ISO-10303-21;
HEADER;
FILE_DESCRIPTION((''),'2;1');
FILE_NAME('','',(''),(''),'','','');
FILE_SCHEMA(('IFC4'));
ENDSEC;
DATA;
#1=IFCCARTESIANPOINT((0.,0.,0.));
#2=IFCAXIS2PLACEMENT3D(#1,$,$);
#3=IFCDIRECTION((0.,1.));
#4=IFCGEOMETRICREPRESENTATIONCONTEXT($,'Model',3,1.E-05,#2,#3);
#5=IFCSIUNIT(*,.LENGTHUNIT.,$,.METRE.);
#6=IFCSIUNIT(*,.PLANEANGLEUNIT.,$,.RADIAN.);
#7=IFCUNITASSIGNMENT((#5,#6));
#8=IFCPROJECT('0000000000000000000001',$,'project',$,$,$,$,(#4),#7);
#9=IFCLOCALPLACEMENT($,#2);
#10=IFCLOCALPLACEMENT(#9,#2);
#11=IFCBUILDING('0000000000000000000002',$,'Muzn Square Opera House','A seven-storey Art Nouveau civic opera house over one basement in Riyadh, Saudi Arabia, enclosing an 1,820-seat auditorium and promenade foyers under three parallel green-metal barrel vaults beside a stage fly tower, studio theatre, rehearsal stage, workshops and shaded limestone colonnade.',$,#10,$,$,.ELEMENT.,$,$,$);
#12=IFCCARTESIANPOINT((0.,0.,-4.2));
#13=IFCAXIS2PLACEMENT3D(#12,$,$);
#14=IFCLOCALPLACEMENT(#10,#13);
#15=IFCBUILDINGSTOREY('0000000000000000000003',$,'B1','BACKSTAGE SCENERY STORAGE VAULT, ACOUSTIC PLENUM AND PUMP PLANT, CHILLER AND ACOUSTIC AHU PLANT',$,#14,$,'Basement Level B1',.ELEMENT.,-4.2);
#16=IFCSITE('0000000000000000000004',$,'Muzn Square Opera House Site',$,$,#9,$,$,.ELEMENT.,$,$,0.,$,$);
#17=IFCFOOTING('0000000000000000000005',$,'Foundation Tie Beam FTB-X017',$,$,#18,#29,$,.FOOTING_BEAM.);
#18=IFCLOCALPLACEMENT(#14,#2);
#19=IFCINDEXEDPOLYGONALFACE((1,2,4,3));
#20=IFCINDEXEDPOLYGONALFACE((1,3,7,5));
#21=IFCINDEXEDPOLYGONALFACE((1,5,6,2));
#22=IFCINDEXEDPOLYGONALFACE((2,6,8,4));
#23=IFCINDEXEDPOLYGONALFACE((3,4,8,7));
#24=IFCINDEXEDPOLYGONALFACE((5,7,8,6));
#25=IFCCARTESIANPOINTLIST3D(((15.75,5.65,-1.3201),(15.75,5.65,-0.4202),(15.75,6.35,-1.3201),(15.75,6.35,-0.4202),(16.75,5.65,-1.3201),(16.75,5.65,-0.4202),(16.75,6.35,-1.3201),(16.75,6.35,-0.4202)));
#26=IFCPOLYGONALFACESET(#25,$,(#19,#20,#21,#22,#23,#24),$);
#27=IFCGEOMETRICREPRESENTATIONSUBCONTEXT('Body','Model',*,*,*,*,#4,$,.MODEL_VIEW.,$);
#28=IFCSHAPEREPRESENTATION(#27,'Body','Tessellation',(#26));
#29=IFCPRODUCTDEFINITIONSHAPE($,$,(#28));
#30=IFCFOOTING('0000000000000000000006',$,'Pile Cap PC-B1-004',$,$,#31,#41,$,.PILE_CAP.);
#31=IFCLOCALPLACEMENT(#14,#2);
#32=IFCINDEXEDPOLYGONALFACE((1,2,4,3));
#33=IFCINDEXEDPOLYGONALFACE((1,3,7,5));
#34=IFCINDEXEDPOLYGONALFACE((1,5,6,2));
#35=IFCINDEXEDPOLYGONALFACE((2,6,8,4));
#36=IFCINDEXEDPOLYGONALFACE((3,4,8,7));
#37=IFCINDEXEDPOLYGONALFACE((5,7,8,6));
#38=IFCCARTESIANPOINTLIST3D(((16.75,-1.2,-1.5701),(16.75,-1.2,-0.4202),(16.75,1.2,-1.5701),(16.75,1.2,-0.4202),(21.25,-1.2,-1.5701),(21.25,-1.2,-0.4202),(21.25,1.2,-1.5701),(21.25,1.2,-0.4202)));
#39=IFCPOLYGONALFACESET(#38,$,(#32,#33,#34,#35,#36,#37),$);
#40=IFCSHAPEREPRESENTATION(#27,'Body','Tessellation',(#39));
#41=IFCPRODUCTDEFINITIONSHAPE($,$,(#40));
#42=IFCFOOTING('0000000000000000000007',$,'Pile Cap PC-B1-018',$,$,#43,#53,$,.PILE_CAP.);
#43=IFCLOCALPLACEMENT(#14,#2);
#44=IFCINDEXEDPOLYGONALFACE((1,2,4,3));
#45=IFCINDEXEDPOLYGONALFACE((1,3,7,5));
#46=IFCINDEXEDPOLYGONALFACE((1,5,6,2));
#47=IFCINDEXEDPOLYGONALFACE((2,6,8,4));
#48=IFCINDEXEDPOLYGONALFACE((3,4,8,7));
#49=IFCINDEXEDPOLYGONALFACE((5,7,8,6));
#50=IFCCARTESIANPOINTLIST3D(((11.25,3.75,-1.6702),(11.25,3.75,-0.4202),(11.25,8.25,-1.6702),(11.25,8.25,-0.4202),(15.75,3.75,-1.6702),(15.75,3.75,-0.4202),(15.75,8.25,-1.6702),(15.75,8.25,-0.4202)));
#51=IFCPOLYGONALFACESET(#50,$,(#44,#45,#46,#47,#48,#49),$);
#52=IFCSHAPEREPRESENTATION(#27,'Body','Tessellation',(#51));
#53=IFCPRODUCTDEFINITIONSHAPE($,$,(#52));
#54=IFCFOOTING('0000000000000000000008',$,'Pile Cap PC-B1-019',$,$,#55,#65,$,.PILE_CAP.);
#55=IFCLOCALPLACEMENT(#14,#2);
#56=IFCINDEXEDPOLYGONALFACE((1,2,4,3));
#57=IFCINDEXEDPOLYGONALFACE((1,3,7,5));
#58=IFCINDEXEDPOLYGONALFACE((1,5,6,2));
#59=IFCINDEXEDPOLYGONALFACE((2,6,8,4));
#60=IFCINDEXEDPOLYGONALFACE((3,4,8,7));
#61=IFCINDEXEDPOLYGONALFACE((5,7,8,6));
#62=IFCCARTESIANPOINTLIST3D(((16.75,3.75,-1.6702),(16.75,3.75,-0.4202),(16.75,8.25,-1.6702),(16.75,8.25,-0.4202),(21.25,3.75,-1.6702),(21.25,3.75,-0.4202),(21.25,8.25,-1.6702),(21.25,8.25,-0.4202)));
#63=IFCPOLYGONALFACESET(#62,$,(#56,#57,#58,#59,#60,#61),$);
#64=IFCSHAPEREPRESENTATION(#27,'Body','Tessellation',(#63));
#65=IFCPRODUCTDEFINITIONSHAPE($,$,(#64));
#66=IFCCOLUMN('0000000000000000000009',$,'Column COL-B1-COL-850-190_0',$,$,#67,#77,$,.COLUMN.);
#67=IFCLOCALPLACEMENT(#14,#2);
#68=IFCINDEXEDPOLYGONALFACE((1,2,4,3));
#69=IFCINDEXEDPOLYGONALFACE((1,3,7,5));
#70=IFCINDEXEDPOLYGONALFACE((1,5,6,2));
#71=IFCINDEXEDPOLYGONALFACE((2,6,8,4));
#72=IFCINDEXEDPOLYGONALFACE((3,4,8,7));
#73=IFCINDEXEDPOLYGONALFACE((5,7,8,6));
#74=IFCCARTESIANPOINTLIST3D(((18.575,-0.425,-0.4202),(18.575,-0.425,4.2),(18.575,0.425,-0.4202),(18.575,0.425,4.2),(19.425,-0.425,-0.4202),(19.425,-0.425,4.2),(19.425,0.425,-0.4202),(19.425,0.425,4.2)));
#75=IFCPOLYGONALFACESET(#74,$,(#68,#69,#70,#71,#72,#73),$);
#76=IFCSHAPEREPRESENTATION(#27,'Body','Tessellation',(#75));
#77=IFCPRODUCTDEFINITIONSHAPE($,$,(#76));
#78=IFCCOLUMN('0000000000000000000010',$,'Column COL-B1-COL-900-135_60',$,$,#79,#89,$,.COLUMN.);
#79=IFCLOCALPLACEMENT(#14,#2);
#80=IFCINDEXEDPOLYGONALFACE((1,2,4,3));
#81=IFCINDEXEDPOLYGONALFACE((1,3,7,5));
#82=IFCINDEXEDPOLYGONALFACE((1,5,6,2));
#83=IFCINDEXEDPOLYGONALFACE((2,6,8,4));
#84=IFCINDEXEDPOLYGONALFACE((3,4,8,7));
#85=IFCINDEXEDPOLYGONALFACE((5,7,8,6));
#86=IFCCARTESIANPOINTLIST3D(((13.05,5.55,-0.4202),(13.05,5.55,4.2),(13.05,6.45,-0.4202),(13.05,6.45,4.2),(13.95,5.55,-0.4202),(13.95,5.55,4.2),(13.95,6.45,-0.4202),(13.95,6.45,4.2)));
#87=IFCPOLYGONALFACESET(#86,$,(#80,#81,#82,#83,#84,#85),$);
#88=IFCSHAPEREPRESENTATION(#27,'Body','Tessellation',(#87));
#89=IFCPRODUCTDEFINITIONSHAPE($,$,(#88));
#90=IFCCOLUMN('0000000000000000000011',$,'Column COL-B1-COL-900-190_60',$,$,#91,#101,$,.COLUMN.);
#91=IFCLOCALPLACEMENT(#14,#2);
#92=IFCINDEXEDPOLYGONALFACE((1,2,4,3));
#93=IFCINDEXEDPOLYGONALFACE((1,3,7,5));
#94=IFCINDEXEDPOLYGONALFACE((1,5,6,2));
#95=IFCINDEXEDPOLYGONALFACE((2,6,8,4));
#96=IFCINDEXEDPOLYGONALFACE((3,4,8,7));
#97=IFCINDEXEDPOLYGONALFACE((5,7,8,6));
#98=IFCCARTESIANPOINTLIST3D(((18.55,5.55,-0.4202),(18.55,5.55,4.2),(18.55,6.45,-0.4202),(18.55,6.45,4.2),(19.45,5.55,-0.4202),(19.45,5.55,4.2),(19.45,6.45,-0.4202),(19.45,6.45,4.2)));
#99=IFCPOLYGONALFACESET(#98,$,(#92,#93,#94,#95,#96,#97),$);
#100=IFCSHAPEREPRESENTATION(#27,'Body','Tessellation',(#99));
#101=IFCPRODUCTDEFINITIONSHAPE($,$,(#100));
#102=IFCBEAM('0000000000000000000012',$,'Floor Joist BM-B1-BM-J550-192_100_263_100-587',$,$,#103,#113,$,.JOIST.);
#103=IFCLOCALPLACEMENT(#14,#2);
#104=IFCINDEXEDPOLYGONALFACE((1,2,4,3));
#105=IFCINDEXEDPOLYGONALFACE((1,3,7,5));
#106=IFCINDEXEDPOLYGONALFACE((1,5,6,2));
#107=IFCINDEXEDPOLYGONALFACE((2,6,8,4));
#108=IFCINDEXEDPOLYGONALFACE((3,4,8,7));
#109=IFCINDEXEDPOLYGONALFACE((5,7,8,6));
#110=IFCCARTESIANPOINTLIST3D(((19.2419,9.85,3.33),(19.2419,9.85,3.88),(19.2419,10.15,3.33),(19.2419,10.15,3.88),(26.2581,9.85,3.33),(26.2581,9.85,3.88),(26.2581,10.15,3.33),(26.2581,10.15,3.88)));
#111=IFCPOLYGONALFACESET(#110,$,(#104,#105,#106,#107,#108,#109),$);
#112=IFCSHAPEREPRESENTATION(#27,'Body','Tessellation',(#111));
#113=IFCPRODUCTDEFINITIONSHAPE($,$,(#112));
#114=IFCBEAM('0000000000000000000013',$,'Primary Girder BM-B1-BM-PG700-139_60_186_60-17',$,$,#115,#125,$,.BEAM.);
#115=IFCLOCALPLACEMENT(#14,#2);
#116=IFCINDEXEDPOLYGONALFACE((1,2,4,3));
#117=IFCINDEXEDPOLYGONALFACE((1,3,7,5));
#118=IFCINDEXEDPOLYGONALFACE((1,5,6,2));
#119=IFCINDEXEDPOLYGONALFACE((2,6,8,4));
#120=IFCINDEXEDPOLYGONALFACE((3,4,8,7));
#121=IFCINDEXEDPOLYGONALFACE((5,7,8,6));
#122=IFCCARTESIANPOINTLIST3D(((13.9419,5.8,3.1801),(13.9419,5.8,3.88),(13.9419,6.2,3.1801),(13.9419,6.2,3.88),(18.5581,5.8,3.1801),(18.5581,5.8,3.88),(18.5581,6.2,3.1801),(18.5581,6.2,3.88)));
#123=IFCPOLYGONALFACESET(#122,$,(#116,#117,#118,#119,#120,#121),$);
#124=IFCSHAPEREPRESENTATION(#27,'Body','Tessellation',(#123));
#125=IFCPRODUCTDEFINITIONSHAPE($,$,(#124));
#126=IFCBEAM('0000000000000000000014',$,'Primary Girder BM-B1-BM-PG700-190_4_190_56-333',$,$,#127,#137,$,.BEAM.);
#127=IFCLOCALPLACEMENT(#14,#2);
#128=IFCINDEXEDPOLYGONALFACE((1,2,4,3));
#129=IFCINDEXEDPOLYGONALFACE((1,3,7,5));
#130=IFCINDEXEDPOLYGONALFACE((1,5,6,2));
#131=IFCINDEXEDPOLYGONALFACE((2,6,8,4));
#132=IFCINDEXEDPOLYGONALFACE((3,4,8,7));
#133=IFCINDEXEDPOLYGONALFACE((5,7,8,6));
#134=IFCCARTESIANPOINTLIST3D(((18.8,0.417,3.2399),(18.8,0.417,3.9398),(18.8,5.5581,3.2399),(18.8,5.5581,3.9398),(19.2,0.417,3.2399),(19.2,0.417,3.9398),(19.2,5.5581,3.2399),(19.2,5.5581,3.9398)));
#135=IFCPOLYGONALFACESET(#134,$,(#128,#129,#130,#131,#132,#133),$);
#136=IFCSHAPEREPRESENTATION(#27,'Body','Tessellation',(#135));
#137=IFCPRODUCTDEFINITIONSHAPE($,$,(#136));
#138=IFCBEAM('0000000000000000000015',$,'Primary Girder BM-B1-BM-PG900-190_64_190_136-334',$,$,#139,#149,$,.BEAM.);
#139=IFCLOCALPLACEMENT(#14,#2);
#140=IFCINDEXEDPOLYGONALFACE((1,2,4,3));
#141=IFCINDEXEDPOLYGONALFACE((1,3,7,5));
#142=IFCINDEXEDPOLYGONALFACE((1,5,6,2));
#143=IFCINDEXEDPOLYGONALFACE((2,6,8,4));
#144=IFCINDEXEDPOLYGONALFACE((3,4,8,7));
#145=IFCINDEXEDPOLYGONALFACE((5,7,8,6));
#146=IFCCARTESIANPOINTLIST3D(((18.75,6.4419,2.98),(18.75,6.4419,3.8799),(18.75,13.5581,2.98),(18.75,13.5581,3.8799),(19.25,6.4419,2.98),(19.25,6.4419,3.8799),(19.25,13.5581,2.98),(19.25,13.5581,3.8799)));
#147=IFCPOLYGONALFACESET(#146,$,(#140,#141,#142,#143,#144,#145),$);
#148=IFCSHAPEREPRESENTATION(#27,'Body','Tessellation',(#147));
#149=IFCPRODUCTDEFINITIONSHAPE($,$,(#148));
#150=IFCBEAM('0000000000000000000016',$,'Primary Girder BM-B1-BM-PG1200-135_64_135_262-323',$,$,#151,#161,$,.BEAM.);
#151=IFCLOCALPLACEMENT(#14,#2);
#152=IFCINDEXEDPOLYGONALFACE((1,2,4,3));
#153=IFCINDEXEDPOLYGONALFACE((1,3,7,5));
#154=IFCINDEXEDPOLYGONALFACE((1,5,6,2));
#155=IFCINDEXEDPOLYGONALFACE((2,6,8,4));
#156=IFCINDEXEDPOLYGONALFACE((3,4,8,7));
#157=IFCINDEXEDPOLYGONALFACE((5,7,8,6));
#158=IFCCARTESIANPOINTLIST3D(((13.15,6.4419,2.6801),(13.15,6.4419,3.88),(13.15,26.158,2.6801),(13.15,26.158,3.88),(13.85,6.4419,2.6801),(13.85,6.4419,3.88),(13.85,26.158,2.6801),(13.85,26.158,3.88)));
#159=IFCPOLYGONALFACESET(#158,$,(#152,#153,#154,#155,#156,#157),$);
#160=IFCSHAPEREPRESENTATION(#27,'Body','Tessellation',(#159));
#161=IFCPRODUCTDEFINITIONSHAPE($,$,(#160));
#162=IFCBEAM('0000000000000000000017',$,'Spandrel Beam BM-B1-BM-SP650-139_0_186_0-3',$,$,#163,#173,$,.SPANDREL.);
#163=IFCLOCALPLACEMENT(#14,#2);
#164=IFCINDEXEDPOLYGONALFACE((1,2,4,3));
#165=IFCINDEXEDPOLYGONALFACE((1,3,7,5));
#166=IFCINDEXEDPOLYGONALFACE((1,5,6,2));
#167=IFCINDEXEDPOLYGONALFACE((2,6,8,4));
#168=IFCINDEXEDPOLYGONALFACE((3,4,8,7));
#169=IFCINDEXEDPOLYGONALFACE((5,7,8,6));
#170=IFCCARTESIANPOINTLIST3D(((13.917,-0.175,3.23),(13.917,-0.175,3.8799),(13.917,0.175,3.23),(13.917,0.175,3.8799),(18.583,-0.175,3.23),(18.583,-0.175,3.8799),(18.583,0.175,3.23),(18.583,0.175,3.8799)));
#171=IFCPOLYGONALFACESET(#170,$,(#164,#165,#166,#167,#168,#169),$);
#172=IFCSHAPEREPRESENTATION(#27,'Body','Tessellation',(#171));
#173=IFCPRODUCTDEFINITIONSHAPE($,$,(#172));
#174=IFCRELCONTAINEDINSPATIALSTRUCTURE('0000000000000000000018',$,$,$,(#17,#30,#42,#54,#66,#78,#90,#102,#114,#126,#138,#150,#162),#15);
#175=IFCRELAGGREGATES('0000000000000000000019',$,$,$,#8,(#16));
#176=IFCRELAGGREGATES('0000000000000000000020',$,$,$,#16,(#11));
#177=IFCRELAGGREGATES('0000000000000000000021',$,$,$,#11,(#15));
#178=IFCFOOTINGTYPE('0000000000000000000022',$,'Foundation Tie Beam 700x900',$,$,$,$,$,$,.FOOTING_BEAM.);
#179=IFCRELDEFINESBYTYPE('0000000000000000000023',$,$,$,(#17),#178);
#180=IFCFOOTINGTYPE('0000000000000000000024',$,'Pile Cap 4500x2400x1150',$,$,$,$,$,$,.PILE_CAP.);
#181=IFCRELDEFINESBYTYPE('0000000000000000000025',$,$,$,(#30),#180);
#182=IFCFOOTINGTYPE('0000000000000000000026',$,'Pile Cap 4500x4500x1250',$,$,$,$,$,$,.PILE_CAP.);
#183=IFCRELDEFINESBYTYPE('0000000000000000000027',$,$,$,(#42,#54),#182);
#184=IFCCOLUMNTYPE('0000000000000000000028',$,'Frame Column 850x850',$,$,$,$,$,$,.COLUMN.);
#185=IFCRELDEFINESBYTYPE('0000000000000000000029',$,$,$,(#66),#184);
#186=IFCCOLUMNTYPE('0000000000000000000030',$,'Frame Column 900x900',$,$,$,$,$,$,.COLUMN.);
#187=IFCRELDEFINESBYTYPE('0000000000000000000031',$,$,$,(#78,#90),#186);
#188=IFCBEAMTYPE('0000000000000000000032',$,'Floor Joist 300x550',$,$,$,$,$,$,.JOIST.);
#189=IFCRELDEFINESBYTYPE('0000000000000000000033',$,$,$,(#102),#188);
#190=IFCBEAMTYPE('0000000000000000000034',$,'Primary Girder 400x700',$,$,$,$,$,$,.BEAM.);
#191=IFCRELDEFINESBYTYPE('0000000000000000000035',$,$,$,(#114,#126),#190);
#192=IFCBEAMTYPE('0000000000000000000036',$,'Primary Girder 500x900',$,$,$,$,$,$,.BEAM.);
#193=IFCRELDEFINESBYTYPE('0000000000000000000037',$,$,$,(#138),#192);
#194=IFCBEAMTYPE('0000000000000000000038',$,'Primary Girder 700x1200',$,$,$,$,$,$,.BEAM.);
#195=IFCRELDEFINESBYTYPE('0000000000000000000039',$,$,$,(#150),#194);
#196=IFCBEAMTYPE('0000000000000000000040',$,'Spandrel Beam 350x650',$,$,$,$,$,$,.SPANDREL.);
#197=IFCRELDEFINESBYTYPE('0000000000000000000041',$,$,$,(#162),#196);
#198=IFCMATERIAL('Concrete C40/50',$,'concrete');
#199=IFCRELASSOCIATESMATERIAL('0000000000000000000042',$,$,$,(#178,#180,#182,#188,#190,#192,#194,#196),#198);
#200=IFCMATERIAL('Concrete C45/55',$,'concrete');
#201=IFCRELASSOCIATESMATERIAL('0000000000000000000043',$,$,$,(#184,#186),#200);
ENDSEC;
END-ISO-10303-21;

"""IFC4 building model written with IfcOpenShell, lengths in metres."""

from ifc_helpers import new_model, si_unit, direction, frame, origin, origin_2d, place, context, subcontext, project, spatial, rectangle, extrude, material, material_profile, profile_set, type_object, element, save


model = new_model("IFC4")

# Units and contexts
model_context = context("Model", 3, precision=1e-05, world=origin(), true_north=direction((0.0, 1.0)))
body_context = subcontext(model_context, "Body", "Model", "MODEL_VIEW")
ifc_project = project(units=[si_unit("LENGTHUNIT", "METRE"), si_unit("PLANEANGLEUNIT", "RADIAN")], contexts=[model_context])

# Site, building, storey
site_placement = place(None, origin())
site = spatial("IfcSite", under=ifc_project, at=site_placement, Name="Muzn Square Opera House Site", CompositionType="ELEMENT", RefElevation=0.0)
building_placement = place(site_placement, origin())
building = spatial("IfcBuilding", under=site, at=building_placement, Name="Muzn Square Opera House", Description="A seven-storey Art Nouveau civic opera house over one basement in Riyadh, Saudi Arabia, enclosing an 1,820-seat auditorium and promenade foyers under three parallel green-metal barrel vaults beside a stage fly tower, studio theatre, rehearsal stage, workshops and shaded limestone colonnade.", CompositionType="ELEMENT")
storey_placement = place(building_placement, frame((0.0, 0.0, -4.2)))
storey = spatial("IfcBuildingStorey", under=building, at=storey_placement, Name="B1", Description="BACKSTAGE SCENERY STORAGE VAULT, ACOUSTIC PLENUM AND PUMP PLANT, CHILLER AND ACOUSTIC AHU PLANT", LongName="Basement Level B1", CompositionType="ELEMENT", Elevation=-4.2)

# Shared definitions
ifc_material_1 = material(Name="Concrete C40/50", Category="concrete")

# Footings
ifc_material_profile_1 = material_profile(ifc_material_1, rectangle(XDim=0.7, YDim=0.8999, at=origin_2d()), Name="RCTB 700x900", Category="concrete")
ifc_profile_set_1 = profile_set([ifc_material_profile_1], Name="Concrete C40/50")
footing_type_1 = type_object("IfcFootingType", Name="Foundation Tie Beam 700x900", PredefinedType="FOOTING_BEAM", material=ifc_profile_set_1)
for number, where, z_axis, x_axis, name in (
    (1, (15.75, 6.0, -0.8701), (1.0, 0.0, 0.0), (0.0, 1.0, 0.0), "Foundation Tie Beam FTB-X017"),
):
    element("IfcFooting", number, at=place(storey_placement, frame(where, z_axis=z_axis, x_axis=x_axis)), inside=storey, type_object=footing_type_1, Name=name, PredefinedType="FOOTING_BEAM", context=body_context, shape_type="SweptSolid", body=[
        extrude(rectangle(XDim=0.7, YDim=0.8999, at=origin_2d()), origin(), (0.0, 0.0, 1.0), 1.0),
    ])
footing_type_2 = type_object("IfcFootingType", Name="Pile Cap 4500x2400x1150", PredefinedType="PILE_CAP", material=ifc_material_1)
footing_1_placement = place(storey_placement, frame((19.0, 0.0, -1.5701), z_axis=(0.0, 0.0, 1.0), x_axis=(1.0, 0.0, 0.0)))
element("IfcFooting", 2, at=footing_1_placement, inside=storey, type_object=footing_type_2, Name="Pile Cap PC-B1-004", PredefinedType="PILE_CAP", context=body_context, shape_type="SweptSolid", body=[
    extrude(rectangle(XDim=4.5, YDim=2.3999, at=origin_2d()), origin(), (0.0, 0.0, 1.0), 1.1499),
])
footing_type_3 = type_object("IfcFootingType", Name="Pile Cap 4500x4500x1250", PredefinedType="PILE_CAP", material=ifc_material_1)
for number, where, z_axis, x_axis, name in (
    (3, (13.5, 6.0, -1.6702), (0.0, 0.0, 1.0), (1.0, 0.0, 0.0), "Pile Cap PC-B1-018"),
    (4, (19.0, 6.0, -1.6702), (0.0, 0.0, 1.0), (1.0, 0.0, 0.0), "Pile Cap PC-B1-019"),
):
    element("IfcFooting", number, at=place(storey_placement, frame(where, z_axis=z_axis, x_axis=x_axis)), inside=storey, type_object=footing_type_3, Name=name, PredefinedType="PILE_CAP", context=body_context, shape_type="SweptSolid", body=[
        extrude(rectangle(XDim=4.5, YDim=4.5, at=origin_2d()), origin(), (0.0, 0.0, 1.0), 1.25),
    ])

# Columns
ifc_material_2 = material(Name="Concrete C45/55", Category="concrete")
ifc_material_profile_2 = material_profile(ifc_material_2, rectangle(XDim=0.8501, YDim=0.8501, at=origin_2d()), Name="RC 850x850", Category="concrete")
ifc_profile_set_2 = profile_set([ifc_material_profile_2], Name="Concrete C45/55")
column_type_1 = type_object("IfcColumnType", Name="Frame Column 850x850", PredefinedType="COLUMN", material=ifc_profile_set_2)
column_placement = place(storey_placement, frame((19.0, 0.0, -0.4202), z_axis=(0.0, 0.0, 1.0), x_axis=(1.0, 0.0, 0.0)))
element("IfcColumn", 5, at=column_placement, inside=storey, type_object=column_type_1, Name="Column COL-B1-COL-850-190_0", PredefinedType="COLUMN", context=body_context, shape_type="SweptSolid", body=[
    extrude(rectangle(XDim=0.8501, YDim=0.8501, at=origin_2d()), origin(), (0.0, 0.0, 1.0), 4.6201),
])
ifc_material_profile_3 = material_profile(ifc_material_2, rectangle(XDim=0.8999, YDim=0.8999, at=origin_2d()), Name="RC 900x900", Category="concrete")
ifc_profile_set_3 = profile_set([ifc_material_profile_3], Name="Concrete C45/55")
column_type_2 = type_object("IfcColumnType", Name="Frame Column 900x900", PredefinedType="COLUMN", material=ifc_profile_set_3)
for number, where, z_axis, x_axis, name in (
    (6, (13.5, 6.0, -0.4202), (0.0, 0.0, 1.0), (1.0, 0.0, 0.0), "Column COL-B1-COL-900-135_60"),
    (7, (19.0, 6.0, -0.4202), (0.0, 0.0, 1.0), (1.0, 0.0, 0.0), "Column COL-B1-COL-900-190_60"),
):
    element("IfcColumn", number, at=place(storey_placement, frame(where, z_axis=z_axis, x_axis=x_axis)), inside=storey, type_object=column_type_2, Name=name, PredefinedType="COLUMN", context=body_context, shape_type="SweptSolid", body=[
        extrude(rectangle(XDim=0.8999, YDim=0.8999, at=origin_2d()), origin(), (0.0, 0.0, 1.0), 4.6201),
    ])

# Beams
ifc_material_profile_4 = material_profile(ifc_material_1, rectangle(XDim=0.3, YDim=0.55, at=origin_2d()), Name="RCJ 300x550", Category="concrete")
ifc_profile_set_4 = profile_set([ifc_material_profile_4], Name="Concrete C40/50")
beam_type_1 = type_object("IfcBeamType", Name="Floor Joist 300x550", PredefinedType="JOIST", material=ifc_profile_set_4)
beam_1_placement = place(storey_placement, frame((19.2419, 10.0, 3.605), z_axis=(1.0, 0.0, 0.0), x_axis=(0.0, 1.0, 0.0)))
element("IfcBeam", 8, at=beam_1_placement, inside=storey, type_object=beam_type_1, Name="Floor Joist BM-B1-BM-J550-192_100_263_100-587", PredefinedType="JOIST", context=body_context, shape_type="SweptSolid", body=[
    extrude(rectangle(XDim=0.3, YDim=0.55, at=origin_2d()), origin(), (0.0, 0.0, 1.0), 7.0161),
])
ifc_material_profile_5 = material_profile(ifc_material_1, rectangle(XDim=0.3999, YDim=0.7, at=origin_2d()), Name="RCB 400x700", Category="concrete")
ifc_profile_set_5 = profile_set([ifc_material_profile_5], Name="Concrete C40/50")
beam_type_2 = type_object("IfcBeamType", Name="Primary Girder 400x700", PredefinedType="BEAM", material=ifc_profile_set_5)
beam_2_placement = place(storey_placement, frame((13.9419, 6.0, 3.53), z_axis=(1.0, 0.0, 0.0), x_axis=(0.0, 1.0, 0.0)))
element("IfcBeam", 9, at=beam_2_placement, inside=storey, type_object=beam_type_2, Name="Primary Girder BM-B1-BM-PG700-139_60_186_60-17", PredefinedType="BEAM", context=body_context, shape_type="SweptSolid", body=[
    extrude(rectangle(XDim=0.3999, YDim=0.7, at=origin_2d()), origin(), (0.0, 0.0, 1.0), 4.6162),
])
beam_3_placement = place(storey_placement, frame((19.0, 0.417, 3.5898), z_axis=(0.0, 1.0, 0.0), x_axis=(-1.0, 0.0, 0.0)))
element("IfcBeam", 10, at=beam_3_placement, inside=storey, type_object=beam_type_2, Name="Primary Girder BM-B1-BM-PG700-190_4_190_56-333", PredefinedType="BEAM", context=body_context, shape_type="SweptSolid", body=[
    extrude(rectangle(XDim=0.3999, YDim=0.7, at=origin_2d()), origin(), (0.0, 0.0, 1.0), 5.1411),
])
ifc_material_profile_6 = material_profile(ifc_material_1, rectangle(XDim=0.5, YDim=0.8999, at=origin_2d()), Name="RCB 500x900", Category="concrete")
ifc_profile_set_6 = profile_set([ifc_material_profile_6], Name="Concrete C40/50")
beam_type_3 = type_object("IfcBeamType", Name="Primary Girder 500x900", PredefinedType="BEAM", material=ifc_profile_set_6)
beam_4_placement = place(storey_placement, frame((19.0, 6.4419, 3.4299), z_axis=(0.0, 1.0, 0.0), x_axis=(-1.0, 0.0, 0.0)))
element("IfcBeam", 11, at=beam_4_placement, inside=storey, type_object=beam_type_3, Name="Primary Girder BM-B1-BM-PG900-190_64_190_136-334", PredefinedType="BEAM", context=body_context, shape_type="SweptSolid", body=[
    extrude(rectangle(XDim=0.5, YDim=0.8999, at=origin_2d()), origin(), (0.0, 0.0, 1.0), 7.1162),
])
ifc_material_profile_7 = material_profile(ifc_material_1, rectangle(XDim=0.7, YDim=1.2, at=origin_2d()), Name="RCB 700x1200", Category="concrete")
ifc_profile_set_7 = profile_set([ifc_material_profile_7], Name="Concrete C40/50")
beam_type_4 = type_object("IfcBeamType", Name="Primary Girder 700x1200", PredefinedType="BEAM", material=ifc_profile_set_7)
beam_5_placement = place(storey_placement, frame((13.5, 6.4419, 3.28), z_axis=(0.0, 1.0, 0.0), x_axis=(-1.0, 0.0, 0.0)))
element("IfcBeam", 12, at=beam_5_placement, inside=storey, type_object=beam_type_4, Name="Primary Girder BM-B1-BM-PG1200-135_64_135_262-323", PredefinedType="BEAM", context=body_context, shape_type="SweptSolid", body=[
    extrude(rectangle(XDim=0.7, YDim=1.2, at=origin_2d()), origin(), (0.0, 0.0, 1.0), 19.7161),
])
ifc_material_profile_8 = material_profile(ifc_material_1, rectangle(XDim=0.3501, YDim=0.6499, at=origin_2d()), Name="RCS 350x650", Category="concrete")
ifc_profile_set_8 = profile_set([ifc_material_profile_8], Name="Concrete C40/50")
beam_type_5 = type_object("IfcBeamType", Name="Spandrel Beam 350x650", PredefinedType="SPANDREL", material=ifc_profile_set_8)
beam_6_placement = place(storey_placement, frame((13.917, 0.0, 3.5549), z_axis=(1.0, 0.0, 0.0), x_axis=(0.0, 1.0, 0.0)))
element("IfcBeam", 13, at=beam_6_placement, inside=storey, type_object=beam_type_5, Name="Spandrel Beam BM-B1-BM-SP650-139_0_186_0-3", PredefinedType="SPANDREL", context=body_context, shape_type="SweptSolid", body=[
    extrude(rectangle(XDim=0.3501, YDim=0.6499, at=origin_2d()), origin(), (0.0, 0.0, 1.0), 4.666),
])

save(model, "model.ifc")
